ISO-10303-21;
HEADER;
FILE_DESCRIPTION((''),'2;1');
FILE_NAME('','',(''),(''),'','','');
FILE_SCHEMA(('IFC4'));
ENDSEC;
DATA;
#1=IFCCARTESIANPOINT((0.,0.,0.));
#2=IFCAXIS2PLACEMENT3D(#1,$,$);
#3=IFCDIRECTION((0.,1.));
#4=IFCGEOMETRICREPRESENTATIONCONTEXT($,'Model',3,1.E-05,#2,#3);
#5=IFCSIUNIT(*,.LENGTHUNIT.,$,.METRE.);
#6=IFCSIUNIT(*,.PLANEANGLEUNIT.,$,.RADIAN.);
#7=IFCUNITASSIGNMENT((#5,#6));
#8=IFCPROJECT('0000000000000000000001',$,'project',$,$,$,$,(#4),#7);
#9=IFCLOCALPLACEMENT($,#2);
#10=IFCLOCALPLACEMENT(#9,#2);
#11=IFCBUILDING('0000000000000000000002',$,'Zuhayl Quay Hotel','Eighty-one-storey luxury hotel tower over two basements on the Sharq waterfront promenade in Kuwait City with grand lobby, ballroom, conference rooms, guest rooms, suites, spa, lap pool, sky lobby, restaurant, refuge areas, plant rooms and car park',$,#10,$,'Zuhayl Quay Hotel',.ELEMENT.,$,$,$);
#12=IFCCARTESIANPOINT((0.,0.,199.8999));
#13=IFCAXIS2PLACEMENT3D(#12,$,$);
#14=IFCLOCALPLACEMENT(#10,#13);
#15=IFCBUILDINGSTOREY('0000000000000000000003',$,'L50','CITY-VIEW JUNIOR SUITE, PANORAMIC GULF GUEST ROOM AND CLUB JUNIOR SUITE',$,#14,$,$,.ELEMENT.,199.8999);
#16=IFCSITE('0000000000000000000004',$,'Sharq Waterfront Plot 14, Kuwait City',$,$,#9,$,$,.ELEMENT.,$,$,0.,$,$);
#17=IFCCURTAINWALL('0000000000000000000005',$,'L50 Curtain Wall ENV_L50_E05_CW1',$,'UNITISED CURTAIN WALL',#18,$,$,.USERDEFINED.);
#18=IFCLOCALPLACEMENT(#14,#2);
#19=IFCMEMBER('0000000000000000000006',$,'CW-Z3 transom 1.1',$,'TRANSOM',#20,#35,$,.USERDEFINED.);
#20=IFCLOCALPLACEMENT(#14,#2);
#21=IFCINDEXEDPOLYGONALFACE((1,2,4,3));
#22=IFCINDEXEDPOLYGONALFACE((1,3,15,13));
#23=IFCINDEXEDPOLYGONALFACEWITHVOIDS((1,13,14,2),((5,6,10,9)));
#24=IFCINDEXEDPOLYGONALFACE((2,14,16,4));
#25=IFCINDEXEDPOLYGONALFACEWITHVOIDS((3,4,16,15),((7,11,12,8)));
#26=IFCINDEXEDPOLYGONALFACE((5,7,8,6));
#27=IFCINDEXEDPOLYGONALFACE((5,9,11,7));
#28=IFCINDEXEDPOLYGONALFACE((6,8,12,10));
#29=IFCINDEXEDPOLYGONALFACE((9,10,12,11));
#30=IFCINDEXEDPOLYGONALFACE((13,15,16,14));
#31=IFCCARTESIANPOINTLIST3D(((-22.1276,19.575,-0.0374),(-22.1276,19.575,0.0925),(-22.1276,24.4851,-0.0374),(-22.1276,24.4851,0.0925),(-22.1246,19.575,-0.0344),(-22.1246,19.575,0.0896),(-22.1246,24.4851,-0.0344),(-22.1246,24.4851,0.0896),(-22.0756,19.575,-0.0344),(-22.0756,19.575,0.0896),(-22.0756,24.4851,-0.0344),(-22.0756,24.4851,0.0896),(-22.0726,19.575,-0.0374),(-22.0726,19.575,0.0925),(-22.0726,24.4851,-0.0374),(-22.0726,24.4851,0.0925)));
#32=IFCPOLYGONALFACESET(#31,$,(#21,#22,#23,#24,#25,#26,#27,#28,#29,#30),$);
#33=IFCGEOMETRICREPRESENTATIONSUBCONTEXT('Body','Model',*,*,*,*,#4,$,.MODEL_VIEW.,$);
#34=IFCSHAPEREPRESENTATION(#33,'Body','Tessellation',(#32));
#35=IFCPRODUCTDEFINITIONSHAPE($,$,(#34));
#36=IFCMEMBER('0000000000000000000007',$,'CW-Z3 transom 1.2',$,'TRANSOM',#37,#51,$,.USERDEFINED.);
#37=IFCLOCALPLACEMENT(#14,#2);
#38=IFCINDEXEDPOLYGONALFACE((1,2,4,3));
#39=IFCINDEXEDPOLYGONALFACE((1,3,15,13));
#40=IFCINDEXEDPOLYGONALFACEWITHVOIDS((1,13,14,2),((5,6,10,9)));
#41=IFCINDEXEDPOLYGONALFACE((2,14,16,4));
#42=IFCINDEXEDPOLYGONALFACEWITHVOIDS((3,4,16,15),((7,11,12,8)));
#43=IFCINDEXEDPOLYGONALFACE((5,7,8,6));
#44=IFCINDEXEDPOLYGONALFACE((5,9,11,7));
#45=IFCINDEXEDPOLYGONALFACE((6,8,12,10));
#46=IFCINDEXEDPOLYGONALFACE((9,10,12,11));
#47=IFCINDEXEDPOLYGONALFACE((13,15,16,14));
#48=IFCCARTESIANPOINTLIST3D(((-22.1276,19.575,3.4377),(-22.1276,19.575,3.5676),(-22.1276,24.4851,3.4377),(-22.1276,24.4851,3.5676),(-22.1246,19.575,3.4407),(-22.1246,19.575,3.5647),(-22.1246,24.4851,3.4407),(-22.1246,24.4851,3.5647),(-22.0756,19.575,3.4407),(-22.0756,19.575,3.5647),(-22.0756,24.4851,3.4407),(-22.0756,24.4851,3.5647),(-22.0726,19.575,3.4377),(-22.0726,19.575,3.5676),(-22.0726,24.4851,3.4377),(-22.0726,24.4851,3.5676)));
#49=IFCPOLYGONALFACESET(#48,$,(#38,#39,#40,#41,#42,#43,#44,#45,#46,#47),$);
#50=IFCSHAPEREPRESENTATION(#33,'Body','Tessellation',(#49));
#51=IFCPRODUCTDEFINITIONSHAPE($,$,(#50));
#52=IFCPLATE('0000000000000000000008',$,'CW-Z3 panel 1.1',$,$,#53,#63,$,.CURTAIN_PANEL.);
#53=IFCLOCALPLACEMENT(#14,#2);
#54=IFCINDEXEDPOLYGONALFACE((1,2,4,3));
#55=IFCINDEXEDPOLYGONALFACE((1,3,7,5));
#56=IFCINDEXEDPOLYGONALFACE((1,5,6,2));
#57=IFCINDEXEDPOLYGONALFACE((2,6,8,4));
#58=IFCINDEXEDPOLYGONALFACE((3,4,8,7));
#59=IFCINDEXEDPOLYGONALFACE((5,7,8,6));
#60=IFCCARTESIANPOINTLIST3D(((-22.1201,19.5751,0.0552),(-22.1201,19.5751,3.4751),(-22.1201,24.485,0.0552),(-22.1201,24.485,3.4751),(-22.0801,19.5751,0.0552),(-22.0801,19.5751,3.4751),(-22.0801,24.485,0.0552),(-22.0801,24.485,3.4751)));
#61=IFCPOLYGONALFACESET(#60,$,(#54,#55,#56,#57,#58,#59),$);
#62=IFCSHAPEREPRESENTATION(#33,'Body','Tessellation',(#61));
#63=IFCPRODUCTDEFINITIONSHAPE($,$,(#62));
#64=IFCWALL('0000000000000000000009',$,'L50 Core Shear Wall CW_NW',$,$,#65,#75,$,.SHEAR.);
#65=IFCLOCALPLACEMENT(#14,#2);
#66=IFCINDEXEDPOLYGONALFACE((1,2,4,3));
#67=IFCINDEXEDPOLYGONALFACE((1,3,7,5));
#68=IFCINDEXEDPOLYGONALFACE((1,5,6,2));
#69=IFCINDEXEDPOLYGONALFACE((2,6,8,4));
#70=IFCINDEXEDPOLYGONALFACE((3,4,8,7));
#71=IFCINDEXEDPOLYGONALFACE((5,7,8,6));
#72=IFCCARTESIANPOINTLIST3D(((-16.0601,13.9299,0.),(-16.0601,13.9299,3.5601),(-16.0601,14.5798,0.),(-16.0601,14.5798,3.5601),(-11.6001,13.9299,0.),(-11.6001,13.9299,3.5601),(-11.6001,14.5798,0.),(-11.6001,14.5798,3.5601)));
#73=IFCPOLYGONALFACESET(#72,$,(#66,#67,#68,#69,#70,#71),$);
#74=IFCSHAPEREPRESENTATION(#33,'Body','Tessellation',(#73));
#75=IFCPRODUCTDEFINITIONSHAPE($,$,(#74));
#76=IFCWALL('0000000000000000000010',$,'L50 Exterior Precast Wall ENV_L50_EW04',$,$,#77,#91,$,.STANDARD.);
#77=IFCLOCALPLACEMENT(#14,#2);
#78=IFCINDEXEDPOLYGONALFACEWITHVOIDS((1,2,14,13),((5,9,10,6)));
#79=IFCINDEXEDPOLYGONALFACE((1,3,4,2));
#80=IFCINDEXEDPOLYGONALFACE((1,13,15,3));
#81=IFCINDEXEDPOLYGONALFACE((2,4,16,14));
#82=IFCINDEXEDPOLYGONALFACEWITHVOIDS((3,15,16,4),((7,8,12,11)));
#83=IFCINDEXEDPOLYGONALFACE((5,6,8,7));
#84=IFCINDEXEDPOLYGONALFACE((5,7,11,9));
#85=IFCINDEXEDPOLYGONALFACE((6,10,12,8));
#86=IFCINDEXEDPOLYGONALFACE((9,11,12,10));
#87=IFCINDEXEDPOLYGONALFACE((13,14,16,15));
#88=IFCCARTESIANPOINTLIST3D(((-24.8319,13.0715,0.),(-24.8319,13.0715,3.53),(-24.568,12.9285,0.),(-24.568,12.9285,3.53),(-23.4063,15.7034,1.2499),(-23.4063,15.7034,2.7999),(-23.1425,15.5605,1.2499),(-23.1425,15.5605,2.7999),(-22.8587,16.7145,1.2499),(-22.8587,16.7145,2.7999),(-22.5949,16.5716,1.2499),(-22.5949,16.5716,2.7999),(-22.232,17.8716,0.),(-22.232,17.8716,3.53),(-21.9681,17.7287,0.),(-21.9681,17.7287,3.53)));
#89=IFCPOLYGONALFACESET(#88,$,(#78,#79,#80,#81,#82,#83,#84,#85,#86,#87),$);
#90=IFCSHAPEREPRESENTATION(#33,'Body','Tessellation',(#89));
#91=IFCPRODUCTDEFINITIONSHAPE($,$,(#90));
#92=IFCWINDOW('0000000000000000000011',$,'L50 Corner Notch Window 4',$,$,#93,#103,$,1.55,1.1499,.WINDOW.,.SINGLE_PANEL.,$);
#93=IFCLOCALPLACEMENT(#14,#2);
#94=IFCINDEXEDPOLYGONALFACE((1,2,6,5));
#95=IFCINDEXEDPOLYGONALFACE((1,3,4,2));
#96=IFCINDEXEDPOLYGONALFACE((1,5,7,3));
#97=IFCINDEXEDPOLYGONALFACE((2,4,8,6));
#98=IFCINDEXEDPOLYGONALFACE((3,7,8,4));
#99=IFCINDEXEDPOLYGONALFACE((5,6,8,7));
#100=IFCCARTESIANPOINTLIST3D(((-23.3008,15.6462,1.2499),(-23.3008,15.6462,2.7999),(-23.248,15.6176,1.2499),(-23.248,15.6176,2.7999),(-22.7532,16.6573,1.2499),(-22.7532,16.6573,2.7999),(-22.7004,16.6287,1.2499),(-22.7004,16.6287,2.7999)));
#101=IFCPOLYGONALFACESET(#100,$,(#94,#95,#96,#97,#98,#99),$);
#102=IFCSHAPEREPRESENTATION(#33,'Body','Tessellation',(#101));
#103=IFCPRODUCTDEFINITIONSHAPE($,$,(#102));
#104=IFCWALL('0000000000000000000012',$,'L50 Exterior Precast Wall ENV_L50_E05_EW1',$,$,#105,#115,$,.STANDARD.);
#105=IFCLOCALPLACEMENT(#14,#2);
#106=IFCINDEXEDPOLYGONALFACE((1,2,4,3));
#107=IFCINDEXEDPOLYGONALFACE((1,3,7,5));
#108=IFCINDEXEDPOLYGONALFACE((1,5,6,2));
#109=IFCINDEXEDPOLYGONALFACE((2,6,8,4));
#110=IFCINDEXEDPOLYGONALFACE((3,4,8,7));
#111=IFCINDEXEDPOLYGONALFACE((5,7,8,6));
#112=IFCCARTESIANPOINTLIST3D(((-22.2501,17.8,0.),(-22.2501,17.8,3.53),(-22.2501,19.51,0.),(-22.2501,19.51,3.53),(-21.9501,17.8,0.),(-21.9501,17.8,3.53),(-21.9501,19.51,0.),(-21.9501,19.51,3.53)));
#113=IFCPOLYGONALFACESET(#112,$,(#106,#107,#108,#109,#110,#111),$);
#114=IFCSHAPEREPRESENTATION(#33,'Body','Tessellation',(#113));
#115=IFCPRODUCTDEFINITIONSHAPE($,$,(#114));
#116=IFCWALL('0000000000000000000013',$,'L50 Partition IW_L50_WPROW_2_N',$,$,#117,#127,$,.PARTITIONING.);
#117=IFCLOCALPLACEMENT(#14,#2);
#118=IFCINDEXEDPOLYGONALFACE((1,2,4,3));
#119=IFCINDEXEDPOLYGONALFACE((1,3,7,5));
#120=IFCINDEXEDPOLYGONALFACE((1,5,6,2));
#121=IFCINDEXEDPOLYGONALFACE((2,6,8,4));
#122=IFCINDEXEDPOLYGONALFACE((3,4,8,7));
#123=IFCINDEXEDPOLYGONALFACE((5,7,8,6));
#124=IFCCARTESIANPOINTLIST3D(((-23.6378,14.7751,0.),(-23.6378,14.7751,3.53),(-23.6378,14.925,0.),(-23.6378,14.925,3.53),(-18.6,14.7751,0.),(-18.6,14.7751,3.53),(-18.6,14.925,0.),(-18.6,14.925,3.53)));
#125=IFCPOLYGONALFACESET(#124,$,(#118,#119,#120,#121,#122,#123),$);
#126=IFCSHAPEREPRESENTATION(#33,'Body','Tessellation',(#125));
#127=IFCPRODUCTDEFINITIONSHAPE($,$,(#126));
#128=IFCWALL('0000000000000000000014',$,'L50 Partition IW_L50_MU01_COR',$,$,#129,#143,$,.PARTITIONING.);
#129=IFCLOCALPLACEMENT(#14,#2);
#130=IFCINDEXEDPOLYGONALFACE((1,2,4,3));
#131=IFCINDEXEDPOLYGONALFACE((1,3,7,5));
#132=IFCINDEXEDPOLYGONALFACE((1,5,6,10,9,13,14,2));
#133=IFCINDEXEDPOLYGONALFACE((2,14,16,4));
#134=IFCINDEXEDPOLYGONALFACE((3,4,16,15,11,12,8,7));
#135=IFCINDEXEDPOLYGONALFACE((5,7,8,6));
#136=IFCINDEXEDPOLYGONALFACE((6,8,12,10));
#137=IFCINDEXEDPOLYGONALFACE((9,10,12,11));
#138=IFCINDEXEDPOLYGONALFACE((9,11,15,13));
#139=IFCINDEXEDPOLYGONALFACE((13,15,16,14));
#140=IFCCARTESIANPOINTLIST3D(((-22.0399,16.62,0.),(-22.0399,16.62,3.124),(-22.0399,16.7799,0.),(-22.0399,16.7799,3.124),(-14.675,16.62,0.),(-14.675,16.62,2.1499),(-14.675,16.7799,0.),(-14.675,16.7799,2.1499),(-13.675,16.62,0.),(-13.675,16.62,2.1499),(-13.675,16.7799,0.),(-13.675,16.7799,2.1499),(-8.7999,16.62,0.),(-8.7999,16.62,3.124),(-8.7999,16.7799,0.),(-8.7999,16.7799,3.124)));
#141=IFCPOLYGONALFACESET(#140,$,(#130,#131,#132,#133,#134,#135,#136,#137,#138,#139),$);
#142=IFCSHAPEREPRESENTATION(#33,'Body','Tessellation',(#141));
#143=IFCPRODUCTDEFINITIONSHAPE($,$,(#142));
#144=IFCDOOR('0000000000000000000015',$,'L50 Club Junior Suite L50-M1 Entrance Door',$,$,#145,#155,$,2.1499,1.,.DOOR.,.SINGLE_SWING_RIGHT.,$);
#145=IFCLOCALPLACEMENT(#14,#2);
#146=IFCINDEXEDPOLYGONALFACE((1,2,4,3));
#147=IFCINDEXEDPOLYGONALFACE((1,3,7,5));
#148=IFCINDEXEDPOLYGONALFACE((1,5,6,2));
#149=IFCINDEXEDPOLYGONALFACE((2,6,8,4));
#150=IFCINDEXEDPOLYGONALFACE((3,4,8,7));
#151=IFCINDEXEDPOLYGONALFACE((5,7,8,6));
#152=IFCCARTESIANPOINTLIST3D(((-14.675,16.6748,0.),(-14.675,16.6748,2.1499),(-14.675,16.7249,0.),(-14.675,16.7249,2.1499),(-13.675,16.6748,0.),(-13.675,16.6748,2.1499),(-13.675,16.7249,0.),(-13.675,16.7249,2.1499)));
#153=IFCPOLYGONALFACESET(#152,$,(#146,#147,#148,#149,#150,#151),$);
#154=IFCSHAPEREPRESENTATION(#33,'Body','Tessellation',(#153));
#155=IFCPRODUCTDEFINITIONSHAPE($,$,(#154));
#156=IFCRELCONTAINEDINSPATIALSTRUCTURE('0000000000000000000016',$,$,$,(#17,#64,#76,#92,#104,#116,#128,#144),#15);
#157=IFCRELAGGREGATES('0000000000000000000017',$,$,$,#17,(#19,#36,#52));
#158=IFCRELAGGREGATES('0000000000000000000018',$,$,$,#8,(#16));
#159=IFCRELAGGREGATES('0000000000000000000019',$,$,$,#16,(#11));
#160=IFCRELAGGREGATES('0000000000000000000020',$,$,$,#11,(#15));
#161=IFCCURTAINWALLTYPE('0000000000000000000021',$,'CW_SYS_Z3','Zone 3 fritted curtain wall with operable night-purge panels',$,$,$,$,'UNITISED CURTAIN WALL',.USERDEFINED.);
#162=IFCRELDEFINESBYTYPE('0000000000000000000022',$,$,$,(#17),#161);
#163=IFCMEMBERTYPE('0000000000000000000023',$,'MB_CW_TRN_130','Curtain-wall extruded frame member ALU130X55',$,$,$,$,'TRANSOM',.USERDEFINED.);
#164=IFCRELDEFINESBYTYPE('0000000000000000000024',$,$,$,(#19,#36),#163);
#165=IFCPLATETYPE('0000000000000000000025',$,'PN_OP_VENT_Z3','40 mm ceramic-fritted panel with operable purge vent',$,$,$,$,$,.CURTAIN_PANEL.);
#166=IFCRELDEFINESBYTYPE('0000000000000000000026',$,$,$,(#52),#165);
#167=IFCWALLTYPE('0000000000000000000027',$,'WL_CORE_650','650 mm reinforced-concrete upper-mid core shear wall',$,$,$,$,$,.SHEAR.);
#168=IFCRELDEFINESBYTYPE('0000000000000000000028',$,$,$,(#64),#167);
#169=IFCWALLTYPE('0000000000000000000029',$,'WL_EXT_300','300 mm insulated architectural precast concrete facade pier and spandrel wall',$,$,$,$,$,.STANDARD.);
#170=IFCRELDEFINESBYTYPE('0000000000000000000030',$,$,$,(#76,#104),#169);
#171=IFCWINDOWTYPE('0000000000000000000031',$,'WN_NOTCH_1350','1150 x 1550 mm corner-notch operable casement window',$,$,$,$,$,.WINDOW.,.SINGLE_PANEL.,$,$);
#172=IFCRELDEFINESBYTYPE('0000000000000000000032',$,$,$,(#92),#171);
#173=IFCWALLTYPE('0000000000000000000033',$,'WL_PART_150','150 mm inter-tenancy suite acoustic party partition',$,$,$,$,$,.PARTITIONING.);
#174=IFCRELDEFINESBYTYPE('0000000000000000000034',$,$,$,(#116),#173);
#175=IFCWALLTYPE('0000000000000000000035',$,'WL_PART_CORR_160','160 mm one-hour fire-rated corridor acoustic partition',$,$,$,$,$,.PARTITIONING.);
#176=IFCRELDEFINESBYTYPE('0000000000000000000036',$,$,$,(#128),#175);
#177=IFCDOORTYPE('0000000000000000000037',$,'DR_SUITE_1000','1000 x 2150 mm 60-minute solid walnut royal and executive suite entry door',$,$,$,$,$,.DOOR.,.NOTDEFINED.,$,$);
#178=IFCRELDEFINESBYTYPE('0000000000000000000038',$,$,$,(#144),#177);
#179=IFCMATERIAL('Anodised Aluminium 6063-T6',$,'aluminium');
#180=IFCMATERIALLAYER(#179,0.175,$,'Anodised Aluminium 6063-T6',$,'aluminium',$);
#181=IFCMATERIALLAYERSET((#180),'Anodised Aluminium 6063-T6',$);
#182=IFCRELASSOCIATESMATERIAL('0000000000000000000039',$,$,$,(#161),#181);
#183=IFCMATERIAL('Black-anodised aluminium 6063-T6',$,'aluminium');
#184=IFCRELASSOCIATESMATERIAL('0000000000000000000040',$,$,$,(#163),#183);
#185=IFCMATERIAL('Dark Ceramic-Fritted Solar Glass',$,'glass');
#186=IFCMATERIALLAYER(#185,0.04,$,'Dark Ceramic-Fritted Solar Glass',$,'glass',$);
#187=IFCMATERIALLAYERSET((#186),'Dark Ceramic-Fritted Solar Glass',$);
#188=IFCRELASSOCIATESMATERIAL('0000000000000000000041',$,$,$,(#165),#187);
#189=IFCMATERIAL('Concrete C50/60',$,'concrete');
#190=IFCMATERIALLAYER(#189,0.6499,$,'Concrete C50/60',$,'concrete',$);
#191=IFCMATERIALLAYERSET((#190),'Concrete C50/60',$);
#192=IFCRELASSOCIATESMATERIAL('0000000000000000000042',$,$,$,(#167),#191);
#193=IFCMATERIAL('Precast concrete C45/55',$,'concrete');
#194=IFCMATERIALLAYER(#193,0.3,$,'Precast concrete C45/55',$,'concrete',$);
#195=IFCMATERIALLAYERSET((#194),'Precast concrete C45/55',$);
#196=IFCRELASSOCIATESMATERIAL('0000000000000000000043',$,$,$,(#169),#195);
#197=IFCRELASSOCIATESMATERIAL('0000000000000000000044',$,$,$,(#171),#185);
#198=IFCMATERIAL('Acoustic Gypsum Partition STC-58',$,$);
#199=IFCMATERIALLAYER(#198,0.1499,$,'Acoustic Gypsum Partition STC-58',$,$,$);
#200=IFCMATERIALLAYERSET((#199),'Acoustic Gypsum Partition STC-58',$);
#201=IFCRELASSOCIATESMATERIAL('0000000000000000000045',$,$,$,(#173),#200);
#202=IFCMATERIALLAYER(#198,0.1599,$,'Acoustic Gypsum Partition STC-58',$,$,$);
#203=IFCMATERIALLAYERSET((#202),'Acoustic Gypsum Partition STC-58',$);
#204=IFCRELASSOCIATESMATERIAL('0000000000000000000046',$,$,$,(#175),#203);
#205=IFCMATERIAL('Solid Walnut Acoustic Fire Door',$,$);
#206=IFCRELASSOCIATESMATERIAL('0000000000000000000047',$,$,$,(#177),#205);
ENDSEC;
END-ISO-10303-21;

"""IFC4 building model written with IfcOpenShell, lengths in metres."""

from ifc_helpers import new_model, si_unit, direction, frame, frame_2d, origin, origin_2d, place, context, subcontext, project, spatial, rectangle, hollow_rectangle, extrude, material, layer, layer_set, material_profile, profile_set, type_object, element, fill, aggregate, save


model = new_model("IFC4")

# Units and contexts
model_context = context("Model", 3, precision=1e-05, world=origin(), true_north=direction((0.0, 1.0)))
body_context = subcontext(model_context, "Body", "Model", "MODEL_VIEW")
ifc_project = project(units=[si_unit("LENGTHUNIT", "METRE"), si_unit("PLANEANGLEUNIT", "RADIAN")], contexts=[model_context])

# Site, building, storey
site_placement = place(None, origin())
site = spatial("IfcSite", under=ifc_project, at=site_placement, Name="Sharq Waterfront Plot 14, Kuwait City", CompositionType="ELEMENT", RefElevation=0.0)
building_placement = place(site_placement, origin())
building = spatial("IfcBuilding", under=site, at=building_placement, Name="Zuhayl Quay Hotel", Description="Eighty-one-storey luxury hotel tower over two basements on the Sharq waterfront promenade in Kuwait City with grand lobby, ballroom, conference rooms, guest rooms, suites, spa, lap pool, sky lobby, restaurant, refuge areas, plant rooms and car park", LongName="Zuhayl Quay Hotel", CompositionType="ELEMENT")
storey_placement = place(building_placement, frame((0.0, 0.0, 199.8999)))
storey = spatial("IfcBuildingStorey", under=building, at=storey_placement, Name="L50", Description="CITY-VIEW JUNIOR SUITE, PANORAMIC GULF GUEST ROOM AND CLUB JUNIOR SUITE", CompositionType="ELEMENT", Elevation=199.8999)

# Curtain wall, members, plate
ifc_material_1 = material(Name="Anodised Aluminium 6063-T6", Category="aluminium")
ifc_layer_1 = layer(ifc_material_1, 0.175, Name="Anodised Aluminium 6063-T6", Category="aluminium")
ifc_layer_set_1 = layer_set([ifc_layer_1], Name="Anodised Aluminium 6063-T6")
curtain_wall_type = type_object("IfcCurtainWallType", Name="CW_SYS_Z3", Description="Zone 3 fritted curtain wall with operable night-purge panels", ElementType="UNITISED CURTAIN WALL", PredefinedType="USERDEFINED", material=ifc_layer_set_1)
curtain_wall_placement = place(storey_placement, origin())
curtain_wall = element("IfcCurtainWall", 1, at=curtain_wall_placement, inside=storey, type_object=curtain_wall_type, Name="L50 Curtain Wall ENV_L50_E05_CW1", ObjectType="UNITISED CURTAIN WALL", PredefinedType="USERDEFINED")
ifc_material_2 = material(Name="Black-anodised aluminium 6063-T6", Category="aluminium")
ifc_material_profile_1 = material_profile(ifc_material_2, hollow_rectangle(XDim=0.0549, YDim=0.1299, WallThickness=0.0029, at=origin_2d()), Name="ALU130X55")
ifc_profile_set_1 = profile_set([ifc_material_profile_1], Name="Black-anodised aluminium 6063-T6")
member_type_1 = type_object("IfcMemberType", Name="MB_CW_TRN_130", Description="Curtain-wall extruded frame member ALU130X55", ElementType="TRANSOM", PredefinedType="USERDEFINED", material=ifc_profile_set_1)
member_1_placement = place(storey_placement, frame((-22.1001, 19.575, 0.0276), z_axis=(0.0, 1.0, 0.0), x_axis=(-1.0, 0.0, 0.0)))
member_1 = element("IfcMember", 2, at=member_1_placement, type_object=member_type_1, Name="CW-Z3 transom 1.1", ObjectType="TRANSOM", PredefinedType="USERDEFINED", context=body_context, shape_type="SweptSolid", body=[
    extrude(hollow_rectangle(XDim=0.0549, YDim=0.1299, WallThickness=0.0029, at=origin_2d()), origin(), (0.0, 0.0, 1.0), 4.9102),
])
member_2_placement = place(storey_placement, frame((-22.1001, 19.575, 3.5027), z_axis=(0.0, 1.0, 0.0), x_axis=(-1.0, 0.0, 0.0)))
member_2 = element("IfcMember", 3, at=member_2_placement, type_object=member_type_1, Name="CW-Z3 transom 1.2", ObjectType="TRANSOM", PredefinedType="USERDEFINED", context=body_context, shape_type="SweptSolid", body=[
    extrude(hollow_rectangle(XDim=0.0549, YDim=0.1299, WallThickness=0.0029, at=origin_2d()), origin(), (0.0, 0.0, 1.0), 4.9102),
])
ifc_material_3 = material(Name="Dark Ceramic-Fritted Solar Glass", Category="glass")
ifc_layer_2 = layer(ifc_material_3, 0.04, Name="Dark Ceramic-Fritted Solar Glass", Category="glass")
ifc_layer_set_2 = layer_set([ifc_layer_2], Name="Dark Ceramic-Fritted Solar Glass")
plate_type = type_object("IfcPlateType", Name="PN_OP_VENT_Z3", Description="40 mm ceramic-fritted panel with operable purge vent", PredefinedType="CURTAIN_PANEL", material=ifc_layer_set_2)
plate_placement = place(storey_placement, frame((-22.1001, 22.03, 0.0552), z_axis=(0.0, 0.0, 1.0), x_axis=(0.0, 1.0, 0.0)))
plate = element("IfcPlate", 4, at=plate_placement, type_object=plate_type, Name="CW-Z3 panel 1.1", PredefinedType="CURTAIN_PANEL", context=body_context, shape_type="SweptSolid", body=[
    extrude(rectangle(XDim=4.9099, YDim=0.04, at=origin_2d()), origin(), (0.0, 0.0, 1.0), 3.4199),
])
aggregate(curtain_wall, [member_1, member_2, plate])

# Wall
ifc_material_4 = material(Name="Concrete C50/60", Category="concrete")
ifc_layer_3 = layer(ifc_material_4, 0.6499, Name="Concrete C50/60", Category="concrete")
ifc_layer_set_3 = layer_set([ifc_layer_3], Name="Concrete C50/60")
wall_type_1 = type_object("IfcWallType", Name="WL_CORE_650", Description="650 mm reinforced-concrete upper-mid core shear wall", PredefinedType="SHEAR", material=ifc_layer_set_3)
wall_1_placement = place(storey_placement, frame((-16.0601, 14.2549, 0.0), z_axis=(0.0, 0.0, 1.0), x_axis=(1.0, 0.0, 0.0)))
element("IfcWall", 5, at=wall_1_placement, inside=storey, type_object=wall_type_1, Name="L50 Core Shear Wall CW_NW", PredefinedType="SHEAR", context=body_context, shape_type="SweptSolid", body=[
    extrude(rectangle(XDim=4.46, YDim=0.6499, at=frame_2d((2.23, 0.0))), origin(), (0.0, 0.0, 1.0), 3.5601),
])

# Wall, opening, window
ifc_material_5 = material(Name="Precast concrete C45/55", Category="concrete")
ifc_layer_4 = layer(ifc_material_5, 0.3, Name="Precast concrete C45/55", Category="concrete")
ifc_layer_set_4 = layer_set([ifc_layer_4], Name="Precast concrete C45/55")
wall_type_2 = type_object("IfcWallType", Name="WL_EXT_300", Description="300 mm insulated architectural precast concrete facade pier and spandrel wall", PredefinedType="STANDARD", material=ifc_layer_set_4)
wall_2_placement = place(storey_placement, frame((-24.7, 13.0, 0.0), z_axis=(0.0, 0.0, 1.0), x_axis=(0.476259, 0.879305, 0.0)))
wall_2 = element("IfcWall", 6, at=wall_2_placement, inside=storey, type_object=wall_type_2, Name="L50 Exterior Precast Wall ENV_L50_EW04", PredefinedType="STANDARD", context=body_context, shape_type="SweptSolid", body=[
    extrude(rectangle(XDim=5.459, YDim=0.3, at=frame_2d((2.7295, 0.0))), origin(), (0.0, 0.0, 1.0), 3.53),
])
opening_1_placement = place(wall_2_placement, frame((2.9932, 0.0, 1.25)))
opening_1 = element("IfcOpeningElement", 7, at=opening_1_placement, cuts=wall_2, PredefinedType="OPENING", context=body_context, shape_type="SweptSolid", body=[
    extrude(rectangle(XDim=1.1499, YDim=1.55, at=frame_2d((0.575, 0.7749))), frame((0.0, 0.1599, 0.0), z_axis=(0.0, -1.0, 0.0), x_axis=(1.0, 0.0, 0.0)), (0.0, 0.0, 1.0), 0.3201),
])
window_type = type_object("IfcWindowType", Name="WN_NOTCH_1350", Description="1150 x 1550 mm corner-notch operable casement window", PartitioningType="SINGLE_PANEL", PredefinedType="WINDOW", material=ifc_material_3)
window_placement = place(opening_1_placement, origin())
window = element("IfcWindow", 8, at=window_placement, inside=storey, type_object=window_type, Name="L50 Corner Notch Window 4", OverallHeight=1.55, OverallWidth=1.1499, PartitioningType="SINGLE_PANEL", PredefinedType="WINDOW", context=body_context, shape_type="SweptSolid", body=[
    extrude(rectangle(XDim=1.1499, YDim=1.55, at=frame_2d((0.575, 0.7749))), frame((0.0, 0.03, 0.0), z_axis=(0.0, -1.0, 0.0), x_axis=(1.0, 0.0, 0.0)), (0.0, 0.0, 1.0), 0.0601),
])
fill(opening_1, window)

# Walls
wall_3_placement = place(storey_placement, frame((-22.1001, 17.8, 0.0), z_axis=(0.0, 0.0, 1.0), x_axis=(0.0, 1.0, 0.0)))
element("IfcWall", 9, at=wall_3_placement, inside=storey, type_object=wall_type_2, Name="L50 Exterior Precast Wall ENV_L50_E05_EW1", PredefinedType="STANDARD", context=body_context, shape_type="SweptSolid", body=[
    extrude(rectangle(XDim=1.71, YDim=0.3, at=frame_2d((0.855, 0.0))), origin(), (0.0, 0.0, 1.0), 3.53),
])
ifc_material_6 = material(Name="Acoustic Gypsum Partition STC-58")
ifc_layer_5 = layer(ifc_material_6, 0.1499, Name="Acoustic Gypsum Partition STC-58")
ifc_layer_set_5 = layer_set([ifc_layer_5], Name="Acoustic Gypsum Partition STC-58")
wall_type_3 = type_object("IfcWallType", Name="WL_PART_150", Description="150 mm inter-tenancy suite acoustic party partition", PredefinedType="PARTITIONING", material=ifc_layer_set_5)
wall_4_placement = place(storey_placement, frame((-23.6379, 14.8501, 0.0), z_axis=(0.0, 0.0, 1.0), x_axis=(1.0, 0.0, 0.0)))
element("IfcWall", 10, at=wall_4_placement, inside=storey, type_object=wall_type_3, Name="L50 Partition IW_L50_WPROW_2_N", PredefinedType="PARTITIONING", context=body_context, shape_type="SweptSolid", body=[
    extrude(rectangle(XDim=5.0378, YDim=0.1499, at=frame_2d((2.519, 0.0))), origin(), (0.0, 0.0, 1.0), 3.53),
])

# Wall, opening, door
ifc_layer_6 = layer(ifc_material_6, 0.1599, Name="Acoustic Gypsum Partition STC-58")
ifc_layer_set_6 = layer_set([ifc_layer_6], Name="Acoustic Gypsum Partition STC-58")
wall_type_4 = type_object("IfcWallType", Name="WL_PART_CORR_160", Description="160 mm one-hour fire-rated corridor acoustic partition", PredefinedType="PARTITIONING", material=ifc_layer_set_6)
wall_5_placement = place(storey_placement, frame((-22.04, 16.7, 0.0), z_axis=(0.0, 0.0, 1.0), x_axis=(1.0, 0.0, 0.0)))
wall_5 = element("IfcWall", 11, at=wall_5_placement, inside=storey, type_object=wall_type_4, Name="L50 Partition IW_L50_MU01_COR", PredefinedType="PARTITIONING", context=body_context, shape_type="SweptSolid", body=[
    extrude(rectangle(XDim=13.24, YDim=0.1599, at=frame_2d((6.6201, 0.0))), origin(), (0.0, 0.0, 1.0), 3.124),
])
opening_2_placement = place(wall_5_placement, frame((7.365, 0.0, 0.0)))
opening_2 = element("IfcOpeningElement", 12, at=opening_2_placement, cuts=wall_5, PredefinedType="OPENING", context=body_context, shape_type="SweptSolid", body=[
    extrude(rectangle(XDim=1.0, YDim=2.1499, at=frame_2d((0.5, 1.075))), frame((0.0, 0.0898, 0.0), z_axis=(0.0, -1.0, 0.0), x_axis=(1.0, 0.0, 0.0)), (0.0, 0.0, 1.0), 0.1799),
])
ifc_material_7 = material(Name="Solid Walnut Acoustic Fire Door")
door_type_1 = type_object("IfcDoorType", Name="DR_SUITE_1000", Description="1000 x 2150 mm 60-minute solid walnut royal and executive suite entry door", OperationType="NOTDEFINED", PredefinedType="DOOR", material=ifc_material_7)
door_1_placement = place(opening_2_placement, origin())
door_1 = element("IfcDoor", 13, at=door_1_placement, inside=storey, type_object=door_type_1, Name="L50 Club Junior Suite L50-M1 Entrance Door", OperationType="SINGLE_SWING_RIGHT", OverallHeight=2.1499, OverallWidth=1.0, PredefinedType="DOOR", context=body_context, shape_type="SweptSolid", body=[
    extrude(rectangle(XDim=1.0, YDim=2.1499, at=frame_2d((0.5, 1.075))), frame((0.0, 0.0249, 0.0), z_axis=(0.0, -1.0, 0.0), x_axis=(1.0, 0.0, 0.0)), (0.0, 0.0, 1.0), 0.05),
])
fill(opening_2, door_1)

save(model, "model.ifc")
